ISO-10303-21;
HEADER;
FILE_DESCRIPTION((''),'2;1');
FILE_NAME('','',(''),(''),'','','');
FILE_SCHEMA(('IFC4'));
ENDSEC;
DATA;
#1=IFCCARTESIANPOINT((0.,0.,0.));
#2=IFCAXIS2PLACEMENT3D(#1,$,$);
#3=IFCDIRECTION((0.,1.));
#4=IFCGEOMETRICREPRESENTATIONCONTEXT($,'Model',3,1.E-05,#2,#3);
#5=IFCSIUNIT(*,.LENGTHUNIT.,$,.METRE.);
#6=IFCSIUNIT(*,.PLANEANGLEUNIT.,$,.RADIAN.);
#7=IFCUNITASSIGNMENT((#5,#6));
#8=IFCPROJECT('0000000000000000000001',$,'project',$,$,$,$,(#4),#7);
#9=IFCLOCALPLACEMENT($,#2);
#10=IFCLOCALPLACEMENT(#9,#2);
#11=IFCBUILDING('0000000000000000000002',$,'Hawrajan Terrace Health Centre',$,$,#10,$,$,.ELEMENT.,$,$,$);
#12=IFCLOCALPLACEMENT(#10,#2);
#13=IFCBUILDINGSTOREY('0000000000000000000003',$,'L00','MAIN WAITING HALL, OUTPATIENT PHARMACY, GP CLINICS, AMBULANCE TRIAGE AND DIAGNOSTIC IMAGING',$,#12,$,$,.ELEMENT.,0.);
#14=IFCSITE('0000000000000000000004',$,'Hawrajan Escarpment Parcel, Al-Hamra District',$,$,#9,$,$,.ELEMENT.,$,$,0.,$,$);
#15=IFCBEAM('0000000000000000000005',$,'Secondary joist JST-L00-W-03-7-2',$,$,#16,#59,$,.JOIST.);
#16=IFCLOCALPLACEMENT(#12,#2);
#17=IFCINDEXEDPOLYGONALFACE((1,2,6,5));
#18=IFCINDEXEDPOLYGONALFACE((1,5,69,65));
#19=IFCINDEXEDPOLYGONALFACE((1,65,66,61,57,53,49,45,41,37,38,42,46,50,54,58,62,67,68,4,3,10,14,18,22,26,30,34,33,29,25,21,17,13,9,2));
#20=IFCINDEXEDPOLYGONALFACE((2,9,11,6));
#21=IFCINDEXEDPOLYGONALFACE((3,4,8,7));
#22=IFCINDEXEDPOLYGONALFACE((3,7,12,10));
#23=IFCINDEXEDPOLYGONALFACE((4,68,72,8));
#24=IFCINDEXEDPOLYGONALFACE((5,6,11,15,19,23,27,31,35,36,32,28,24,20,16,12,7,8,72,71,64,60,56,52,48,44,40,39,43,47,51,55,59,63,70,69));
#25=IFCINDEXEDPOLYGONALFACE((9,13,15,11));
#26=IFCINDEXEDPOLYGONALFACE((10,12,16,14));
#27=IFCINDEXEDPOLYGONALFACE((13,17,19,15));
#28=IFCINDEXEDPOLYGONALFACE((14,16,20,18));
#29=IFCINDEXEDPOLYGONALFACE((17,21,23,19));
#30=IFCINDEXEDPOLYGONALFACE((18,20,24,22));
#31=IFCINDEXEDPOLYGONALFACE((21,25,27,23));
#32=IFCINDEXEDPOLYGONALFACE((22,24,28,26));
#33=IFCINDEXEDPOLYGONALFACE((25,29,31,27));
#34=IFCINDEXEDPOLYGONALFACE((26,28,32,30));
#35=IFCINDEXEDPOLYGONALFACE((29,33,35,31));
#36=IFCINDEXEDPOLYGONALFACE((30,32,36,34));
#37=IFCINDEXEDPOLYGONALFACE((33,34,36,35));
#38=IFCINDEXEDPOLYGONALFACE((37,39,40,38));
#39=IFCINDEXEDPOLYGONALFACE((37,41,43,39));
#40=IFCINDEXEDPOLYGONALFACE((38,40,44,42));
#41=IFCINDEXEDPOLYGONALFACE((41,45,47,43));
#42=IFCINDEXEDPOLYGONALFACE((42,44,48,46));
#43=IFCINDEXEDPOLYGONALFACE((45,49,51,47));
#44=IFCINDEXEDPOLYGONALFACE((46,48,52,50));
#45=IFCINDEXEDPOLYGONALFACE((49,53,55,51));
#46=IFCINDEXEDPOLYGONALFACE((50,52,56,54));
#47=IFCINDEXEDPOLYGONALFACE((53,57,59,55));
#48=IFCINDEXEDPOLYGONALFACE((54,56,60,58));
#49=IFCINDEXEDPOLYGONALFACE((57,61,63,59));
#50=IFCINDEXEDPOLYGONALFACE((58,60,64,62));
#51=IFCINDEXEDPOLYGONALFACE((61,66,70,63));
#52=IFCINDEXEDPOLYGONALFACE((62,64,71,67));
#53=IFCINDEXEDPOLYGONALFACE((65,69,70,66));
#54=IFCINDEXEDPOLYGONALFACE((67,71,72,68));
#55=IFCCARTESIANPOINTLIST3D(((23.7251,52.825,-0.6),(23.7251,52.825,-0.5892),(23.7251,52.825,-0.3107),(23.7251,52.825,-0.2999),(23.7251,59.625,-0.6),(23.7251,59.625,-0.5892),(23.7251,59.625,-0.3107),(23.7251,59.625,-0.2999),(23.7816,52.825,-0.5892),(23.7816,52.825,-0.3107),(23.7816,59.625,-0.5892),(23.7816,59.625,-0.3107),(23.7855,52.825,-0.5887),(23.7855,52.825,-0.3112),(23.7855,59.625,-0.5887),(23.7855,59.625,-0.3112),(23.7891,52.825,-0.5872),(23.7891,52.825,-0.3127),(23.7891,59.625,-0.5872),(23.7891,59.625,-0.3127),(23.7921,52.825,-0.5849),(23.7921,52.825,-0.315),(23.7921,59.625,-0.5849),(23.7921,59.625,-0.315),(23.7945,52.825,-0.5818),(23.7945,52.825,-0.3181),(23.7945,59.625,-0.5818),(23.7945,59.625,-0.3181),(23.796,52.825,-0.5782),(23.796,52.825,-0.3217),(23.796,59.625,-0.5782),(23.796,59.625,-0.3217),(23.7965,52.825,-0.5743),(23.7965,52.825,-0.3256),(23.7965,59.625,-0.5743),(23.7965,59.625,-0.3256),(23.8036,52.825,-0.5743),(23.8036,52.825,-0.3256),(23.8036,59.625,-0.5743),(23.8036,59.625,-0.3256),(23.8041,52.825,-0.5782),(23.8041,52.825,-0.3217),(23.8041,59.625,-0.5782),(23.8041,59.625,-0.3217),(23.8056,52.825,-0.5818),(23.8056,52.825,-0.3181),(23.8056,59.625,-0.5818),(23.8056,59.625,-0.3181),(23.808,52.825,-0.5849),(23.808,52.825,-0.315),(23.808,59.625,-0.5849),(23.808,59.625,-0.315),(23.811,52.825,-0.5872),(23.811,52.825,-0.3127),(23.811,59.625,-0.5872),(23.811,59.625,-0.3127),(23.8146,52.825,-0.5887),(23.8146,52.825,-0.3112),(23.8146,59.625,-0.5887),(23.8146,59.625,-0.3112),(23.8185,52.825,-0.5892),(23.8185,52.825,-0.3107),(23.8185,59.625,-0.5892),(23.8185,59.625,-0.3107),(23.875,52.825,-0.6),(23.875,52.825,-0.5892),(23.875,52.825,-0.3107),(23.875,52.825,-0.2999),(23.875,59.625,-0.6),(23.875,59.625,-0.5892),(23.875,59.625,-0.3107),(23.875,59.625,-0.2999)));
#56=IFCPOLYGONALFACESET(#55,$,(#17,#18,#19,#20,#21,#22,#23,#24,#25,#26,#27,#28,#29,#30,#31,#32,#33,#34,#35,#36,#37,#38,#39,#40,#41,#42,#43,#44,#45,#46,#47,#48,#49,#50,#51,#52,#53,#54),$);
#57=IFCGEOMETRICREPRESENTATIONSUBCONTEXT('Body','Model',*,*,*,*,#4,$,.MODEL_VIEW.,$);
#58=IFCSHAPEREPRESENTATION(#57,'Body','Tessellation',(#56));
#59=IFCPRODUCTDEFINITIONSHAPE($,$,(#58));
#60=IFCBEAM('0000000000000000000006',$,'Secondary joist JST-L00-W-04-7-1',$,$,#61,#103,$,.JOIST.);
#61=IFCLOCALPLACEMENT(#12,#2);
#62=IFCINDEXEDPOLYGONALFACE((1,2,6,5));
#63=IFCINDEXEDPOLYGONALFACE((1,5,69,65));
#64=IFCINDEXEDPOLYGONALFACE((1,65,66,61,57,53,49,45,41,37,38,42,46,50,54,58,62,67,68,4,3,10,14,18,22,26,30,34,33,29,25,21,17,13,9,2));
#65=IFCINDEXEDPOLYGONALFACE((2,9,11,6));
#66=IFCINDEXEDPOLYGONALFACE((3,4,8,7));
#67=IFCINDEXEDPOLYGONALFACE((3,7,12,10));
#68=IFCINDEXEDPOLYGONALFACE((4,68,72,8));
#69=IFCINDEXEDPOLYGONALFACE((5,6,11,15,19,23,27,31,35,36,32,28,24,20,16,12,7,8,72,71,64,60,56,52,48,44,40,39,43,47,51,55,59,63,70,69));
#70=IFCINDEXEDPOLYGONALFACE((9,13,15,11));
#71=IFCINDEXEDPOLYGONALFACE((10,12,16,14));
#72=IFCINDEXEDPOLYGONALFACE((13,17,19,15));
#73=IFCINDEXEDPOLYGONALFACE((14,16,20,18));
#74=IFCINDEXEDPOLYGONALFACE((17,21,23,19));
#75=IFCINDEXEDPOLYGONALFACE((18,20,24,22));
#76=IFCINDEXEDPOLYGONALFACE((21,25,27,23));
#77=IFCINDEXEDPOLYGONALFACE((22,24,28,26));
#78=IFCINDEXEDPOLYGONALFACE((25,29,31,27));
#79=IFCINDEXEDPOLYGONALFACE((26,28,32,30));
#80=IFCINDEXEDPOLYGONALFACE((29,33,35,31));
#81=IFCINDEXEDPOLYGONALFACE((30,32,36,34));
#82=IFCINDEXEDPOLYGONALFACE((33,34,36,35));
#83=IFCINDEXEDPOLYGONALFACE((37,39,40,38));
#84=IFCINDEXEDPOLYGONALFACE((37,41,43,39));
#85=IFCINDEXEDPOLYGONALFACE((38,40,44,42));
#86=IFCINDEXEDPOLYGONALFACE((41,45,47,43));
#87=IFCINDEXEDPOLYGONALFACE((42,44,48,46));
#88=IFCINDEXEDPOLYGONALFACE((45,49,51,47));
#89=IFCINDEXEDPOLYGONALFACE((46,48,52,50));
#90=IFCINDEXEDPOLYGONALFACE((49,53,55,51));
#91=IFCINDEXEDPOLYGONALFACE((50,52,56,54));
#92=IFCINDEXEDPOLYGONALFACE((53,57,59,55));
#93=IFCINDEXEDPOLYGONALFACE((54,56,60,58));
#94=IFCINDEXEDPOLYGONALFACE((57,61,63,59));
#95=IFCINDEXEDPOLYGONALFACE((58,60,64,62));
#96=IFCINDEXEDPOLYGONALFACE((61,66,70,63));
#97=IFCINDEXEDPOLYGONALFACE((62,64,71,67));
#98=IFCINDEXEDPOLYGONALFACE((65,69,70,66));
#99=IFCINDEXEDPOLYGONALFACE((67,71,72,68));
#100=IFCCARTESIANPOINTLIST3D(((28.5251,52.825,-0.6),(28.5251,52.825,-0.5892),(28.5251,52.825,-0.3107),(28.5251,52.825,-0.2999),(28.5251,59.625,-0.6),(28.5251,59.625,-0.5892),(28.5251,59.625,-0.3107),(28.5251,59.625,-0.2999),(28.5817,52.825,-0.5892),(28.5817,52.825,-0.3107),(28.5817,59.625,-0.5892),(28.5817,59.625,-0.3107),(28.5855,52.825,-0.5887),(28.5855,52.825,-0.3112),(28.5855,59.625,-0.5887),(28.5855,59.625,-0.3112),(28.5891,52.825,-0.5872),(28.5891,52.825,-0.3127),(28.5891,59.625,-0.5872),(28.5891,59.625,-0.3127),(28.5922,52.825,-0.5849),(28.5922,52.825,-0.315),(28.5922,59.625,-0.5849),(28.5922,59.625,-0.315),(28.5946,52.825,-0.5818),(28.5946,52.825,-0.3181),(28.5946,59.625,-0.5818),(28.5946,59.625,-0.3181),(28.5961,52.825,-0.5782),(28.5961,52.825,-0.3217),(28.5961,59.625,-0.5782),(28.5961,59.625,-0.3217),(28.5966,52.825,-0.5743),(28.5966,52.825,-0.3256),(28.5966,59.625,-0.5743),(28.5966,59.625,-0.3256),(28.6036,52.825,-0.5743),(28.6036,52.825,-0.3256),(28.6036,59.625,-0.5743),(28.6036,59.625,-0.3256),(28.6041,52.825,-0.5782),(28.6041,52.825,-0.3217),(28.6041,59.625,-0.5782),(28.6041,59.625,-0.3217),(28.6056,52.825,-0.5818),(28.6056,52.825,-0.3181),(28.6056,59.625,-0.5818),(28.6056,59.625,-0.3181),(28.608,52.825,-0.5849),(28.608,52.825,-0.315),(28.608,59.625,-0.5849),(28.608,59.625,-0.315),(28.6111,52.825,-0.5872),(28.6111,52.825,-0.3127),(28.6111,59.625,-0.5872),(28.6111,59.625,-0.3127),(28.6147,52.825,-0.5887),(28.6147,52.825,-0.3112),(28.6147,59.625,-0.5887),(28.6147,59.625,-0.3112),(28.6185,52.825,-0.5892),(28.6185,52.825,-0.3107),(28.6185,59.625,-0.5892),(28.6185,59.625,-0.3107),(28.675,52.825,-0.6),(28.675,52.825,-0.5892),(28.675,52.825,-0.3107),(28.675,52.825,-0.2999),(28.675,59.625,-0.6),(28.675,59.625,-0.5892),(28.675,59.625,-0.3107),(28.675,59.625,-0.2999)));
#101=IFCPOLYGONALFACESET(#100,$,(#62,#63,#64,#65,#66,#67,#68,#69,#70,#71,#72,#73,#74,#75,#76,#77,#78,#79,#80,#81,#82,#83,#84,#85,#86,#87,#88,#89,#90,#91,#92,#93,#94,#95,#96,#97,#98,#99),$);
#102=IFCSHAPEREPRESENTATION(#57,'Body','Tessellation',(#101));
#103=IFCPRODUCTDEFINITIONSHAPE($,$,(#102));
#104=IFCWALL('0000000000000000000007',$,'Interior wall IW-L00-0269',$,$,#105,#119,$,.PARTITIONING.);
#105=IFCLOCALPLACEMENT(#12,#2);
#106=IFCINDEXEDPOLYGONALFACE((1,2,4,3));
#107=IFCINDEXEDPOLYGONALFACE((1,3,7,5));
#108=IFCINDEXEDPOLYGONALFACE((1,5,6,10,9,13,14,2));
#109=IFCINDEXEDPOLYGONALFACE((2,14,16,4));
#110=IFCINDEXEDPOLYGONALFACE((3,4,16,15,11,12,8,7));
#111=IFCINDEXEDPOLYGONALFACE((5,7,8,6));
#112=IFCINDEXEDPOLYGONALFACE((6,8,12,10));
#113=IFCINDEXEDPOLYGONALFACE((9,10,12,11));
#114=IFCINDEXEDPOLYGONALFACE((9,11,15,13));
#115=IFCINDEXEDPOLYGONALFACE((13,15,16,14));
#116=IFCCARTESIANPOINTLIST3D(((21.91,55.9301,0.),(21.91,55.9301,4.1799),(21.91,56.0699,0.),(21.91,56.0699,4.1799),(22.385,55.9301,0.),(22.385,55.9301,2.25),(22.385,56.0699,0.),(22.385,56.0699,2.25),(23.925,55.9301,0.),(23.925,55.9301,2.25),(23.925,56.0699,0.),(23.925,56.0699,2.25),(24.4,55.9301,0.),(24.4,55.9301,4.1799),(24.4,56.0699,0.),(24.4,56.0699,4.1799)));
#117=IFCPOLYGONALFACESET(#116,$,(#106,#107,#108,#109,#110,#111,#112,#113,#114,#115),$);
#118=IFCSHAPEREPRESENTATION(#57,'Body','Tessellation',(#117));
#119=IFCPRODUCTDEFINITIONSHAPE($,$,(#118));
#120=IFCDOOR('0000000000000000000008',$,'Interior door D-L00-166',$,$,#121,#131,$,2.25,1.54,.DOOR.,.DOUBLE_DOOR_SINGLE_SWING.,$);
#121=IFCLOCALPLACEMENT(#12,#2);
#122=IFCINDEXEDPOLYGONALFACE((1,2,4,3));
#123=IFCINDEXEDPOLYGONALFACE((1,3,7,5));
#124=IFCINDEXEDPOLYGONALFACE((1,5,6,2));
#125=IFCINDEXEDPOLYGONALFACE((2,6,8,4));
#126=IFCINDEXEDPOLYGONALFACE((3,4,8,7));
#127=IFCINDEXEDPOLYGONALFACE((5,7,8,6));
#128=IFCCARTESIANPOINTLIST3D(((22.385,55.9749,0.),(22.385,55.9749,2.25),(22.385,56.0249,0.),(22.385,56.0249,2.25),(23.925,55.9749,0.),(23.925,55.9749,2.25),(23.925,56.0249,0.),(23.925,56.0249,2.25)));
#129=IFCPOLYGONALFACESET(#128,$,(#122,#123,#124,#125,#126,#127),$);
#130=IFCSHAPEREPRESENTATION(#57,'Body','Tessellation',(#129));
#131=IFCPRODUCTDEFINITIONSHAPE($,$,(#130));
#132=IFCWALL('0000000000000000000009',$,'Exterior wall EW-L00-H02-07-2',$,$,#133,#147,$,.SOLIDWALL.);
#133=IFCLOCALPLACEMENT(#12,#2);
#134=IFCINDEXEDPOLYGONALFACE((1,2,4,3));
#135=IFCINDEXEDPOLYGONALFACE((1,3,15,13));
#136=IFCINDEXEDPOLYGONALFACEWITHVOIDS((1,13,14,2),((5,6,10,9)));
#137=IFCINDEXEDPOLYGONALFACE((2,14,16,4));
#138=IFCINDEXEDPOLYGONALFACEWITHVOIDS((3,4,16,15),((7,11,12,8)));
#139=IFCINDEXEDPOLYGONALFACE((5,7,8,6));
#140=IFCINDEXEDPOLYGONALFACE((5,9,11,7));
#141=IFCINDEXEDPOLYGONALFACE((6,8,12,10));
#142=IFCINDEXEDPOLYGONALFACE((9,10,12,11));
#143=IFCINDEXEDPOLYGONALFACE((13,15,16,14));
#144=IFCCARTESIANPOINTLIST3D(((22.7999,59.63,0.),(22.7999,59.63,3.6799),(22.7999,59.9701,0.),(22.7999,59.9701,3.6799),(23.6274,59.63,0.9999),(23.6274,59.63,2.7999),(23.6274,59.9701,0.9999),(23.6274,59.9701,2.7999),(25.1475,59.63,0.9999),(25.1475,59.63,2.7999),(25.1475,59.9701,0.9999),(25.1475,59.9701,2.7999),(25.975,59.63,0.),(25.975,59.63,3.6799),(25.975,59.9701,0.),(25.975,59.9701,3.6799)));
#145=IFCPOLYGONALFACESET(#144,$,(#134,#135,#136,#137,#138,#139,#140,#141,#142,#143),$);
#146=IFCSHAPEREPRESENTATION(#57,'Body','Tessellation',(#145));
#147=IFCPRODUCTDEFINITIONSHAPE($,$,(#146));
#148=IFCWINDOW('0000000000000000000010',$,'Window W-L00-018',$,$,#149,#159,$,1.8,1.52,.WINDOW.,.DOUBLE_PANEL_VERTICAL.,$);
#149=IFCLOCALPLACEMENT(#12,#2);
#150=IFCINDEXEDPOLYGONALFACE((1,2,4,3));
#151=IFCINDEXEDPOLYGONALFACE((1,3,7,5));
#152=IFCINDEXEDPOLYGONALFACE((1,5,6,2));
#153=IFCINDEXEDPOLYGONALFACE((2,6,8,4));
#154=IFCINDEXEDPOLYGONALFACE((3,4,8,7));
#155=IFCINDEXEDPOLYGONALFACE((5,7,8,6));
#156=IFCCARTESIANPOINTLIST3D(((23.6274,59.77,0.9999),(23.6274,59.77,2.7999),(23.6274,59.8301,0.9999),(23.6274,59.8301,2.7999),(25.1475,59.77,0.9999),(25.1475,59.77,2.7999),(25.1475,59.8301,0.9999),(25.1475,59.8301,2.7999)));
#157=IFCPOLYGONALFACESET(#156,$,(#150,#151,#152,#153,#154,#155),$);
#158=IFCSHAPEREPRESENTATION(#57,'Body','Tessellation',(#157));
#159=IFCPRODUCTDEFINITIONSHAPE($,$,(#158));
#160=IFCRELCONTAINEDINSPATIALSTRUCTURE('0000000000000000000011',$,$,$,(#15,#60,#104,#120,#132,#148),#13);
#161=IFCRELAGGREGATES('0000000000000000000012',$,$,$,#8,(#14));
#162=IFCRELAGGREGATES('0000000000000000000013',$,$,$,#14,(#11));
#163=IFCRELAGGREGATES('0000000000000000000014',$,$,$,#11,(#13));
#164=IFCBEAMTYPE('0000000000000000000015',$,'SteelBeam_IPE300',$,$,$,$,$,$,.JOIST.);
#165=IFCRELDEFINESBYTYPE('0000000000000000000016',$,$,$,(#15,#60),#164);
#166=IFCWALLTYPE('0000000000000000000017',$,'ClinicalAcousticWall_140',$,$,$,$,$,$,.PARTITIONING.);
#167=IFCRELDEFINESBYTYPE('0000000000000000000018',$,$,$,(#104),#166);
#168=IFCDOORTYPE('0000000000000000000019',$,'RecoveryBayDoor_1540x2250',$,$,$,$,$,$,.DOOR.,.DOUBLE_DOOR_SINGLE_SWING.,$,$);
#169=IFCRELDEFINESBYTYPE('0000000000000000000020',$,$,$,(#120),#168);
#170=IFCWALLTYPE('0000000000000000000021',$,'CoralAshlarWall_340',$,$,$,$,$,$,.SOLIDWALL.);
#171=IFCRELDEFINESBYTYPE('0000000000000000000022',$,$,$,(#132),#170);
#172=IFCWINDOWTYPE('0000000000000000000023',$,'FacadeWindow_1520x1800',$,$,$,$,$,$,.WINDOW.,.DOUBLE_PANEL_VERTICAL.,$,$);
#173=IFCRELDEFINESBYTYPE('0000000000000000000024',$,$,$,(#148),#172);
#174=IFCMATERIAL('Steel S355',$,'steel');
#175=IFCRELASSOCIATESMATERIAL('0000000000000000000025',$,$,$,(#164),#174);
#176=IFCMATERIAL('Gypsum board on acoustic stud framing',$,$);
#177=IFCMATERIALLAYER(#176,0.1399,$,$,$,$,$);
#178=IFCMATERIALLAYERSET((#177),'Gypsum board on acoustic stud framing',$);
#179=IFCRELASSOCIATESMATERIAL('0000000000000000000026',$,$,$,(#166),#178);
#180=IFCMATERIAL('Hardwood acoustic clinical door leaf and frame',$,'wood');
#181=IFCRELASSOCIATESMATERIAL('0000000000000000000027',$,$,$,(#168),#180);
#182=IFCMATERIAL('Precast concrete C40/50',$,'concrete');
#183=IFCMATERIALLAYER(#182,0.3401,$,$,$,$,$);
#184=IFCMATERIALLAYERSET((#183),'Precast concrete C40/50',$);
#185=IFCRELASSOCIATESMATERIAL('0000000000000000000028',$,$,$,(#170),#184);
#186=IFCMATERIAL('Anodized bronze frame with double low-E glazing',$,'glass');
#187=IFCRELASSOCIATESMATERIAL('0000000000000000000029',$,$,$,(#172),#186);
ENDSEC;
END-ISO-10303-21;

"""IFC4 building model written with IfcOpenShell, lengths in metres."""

from ifc_helpers import new_model, si_unit, direction, frame, frame_2d, origin, origin_2d, place, context, subcontext, project, spatial, rectangle, i_section, extrude, material, layer, layer_set, material_profile, profile_set, type_object, element, fill, save


model = new_model("IFC4")

# Units and contexts
model_context = context("Model", 3, precision=1e-05, world=origin(), true_north=direction((0.0, 1.0)))
body_context = subcontext(model_context, "Body", "Model", "MODEL_VIEW")
ifc_project = project(units=[si_unit("LENGTHUNIT", "METRE"), si_unit("PLANEANGLEUNIT", "RADIAN")], contexts=[model_context])

# Site, building, storey
site_placement = place(None, origin())
site = spatial("IfcSite", under=ifc_project, at=site_placement, Name="Hawrajan Escarpment Parcel, Al-Hamra District", CompositionType="ELEMENT", RefElevation=0.0)
building_placement = place(site_placement, origin())
building = spatial("IfcBuilding", under=site, at=building_placement, Name="Hawrajan Terrace Health Centre", CompositionType="ELEMENT")
storey_placement = place(building_placement, origin())
storey = spatial("IfcBuildingStorey", under=building, at=storey_placement, Name="L00", Description="MAIN WAITING HALL, OUTPATIENT PHARMACY, GP CLINICS, AMBULANCE TRIAGE AND DIAGNOSTIC IMAGING", CompositionType="ELEMENT", Elevation=0.0)

# Beams
ifc_material_1 = material(Name="Steel S355", Category="steel")
ifc_material_profile_1 = material_profile(ifc_material_1, i_section(OverallWidth=0.1499, OverallDepth=0.3, WebThickness=0.0071, FlangeThickness=0.0107, FilletRadius=0.0149, at=origin_2d()), Name="IPE 300")
ifc_profile_set_1 = profile_set([ifc_material_profile_1], Name="Steel S355")
beam_type_1 = type_object("IfcBeamType", Name="SteelBeam_IPE300", PredefinedType="JOIST", material=ifc_profile_set_1)
for number, where, z_axis, x_axis, name in (
    (1, (23.8, 52.825, -0.45), (0.0, 1.0, 0.0), (-1.0, 0.0, 0.0), "Secondary joist JST-L00-W-03-7-2"),
    (2, (28.6001, 52.825, -0.45), (0.0, 1.0, 0.0), (-1.0, 0.0, 0.0), "Secondary joist JST-L00-W-04-7-1"),
):
    element("IfcBeam", number, at=place(storey_placement, frame(where, z_axis=z_axis, x_axis=x_axis)), inside=storey, type_object=beam_type_1, Name=name, PredefinedType="JOIST", context=body_context, shape_type="SweptSolid", body=[
        extrude(i_section(OverallWidth=0.1499, OverallDepth=0.3, WebThickness=0.0071, FlangeThickness=0.0107, FilletRadius=0.0149, at=origin_2d()), origin(), (0.0, 0.0, 1.0), 6.8),
    ])

# Wall, opening, door
ifc_material_2 = material(Name="Gypsum board on acoustic stud framing")
ifc_layer_1 = layer(ifc_material_2, 0.1399)
ifc_layer_set_1 = layer_set([ifc_layer_1], Name="Gypsum board on acoustic stud framing")
wall_type_1 = type_object("IfcWallType", Name="ClinicalAcousticWall_140", PredefinedType="PARTITIONING", material=ifc_layer_set_1)
wall_1_placement = place(storey_placement, frame((21.9099, 56.0, 0.0), z_axis=(0.0, 0.0, 1.0), x_axis=(1.0, 0.0, 0.0)))
wall_1 = element("IfcWall", 3, at=wall_1_placement, inside=storey, type_object=wall_type_1, Name="Interior wall IW-L00-0269", PredefinedType="PARTITIONING", context=body_context, shape_type="SweptSolid", body=[
    extrude(rectangle(XDim=2.49, YDim=0.1399, at=frame_2d((1.2451, 0.0))), origin(), (0.0, 0.0, 1.0), 4.1799),
])
opening_1_placement = place(wall_1_placement, frame((0.4751, 0.0, 0.0)))
opening_1 = element("IfcOpeningElement", 4, at=opening_1_placement, cuts=wall_1, PredefinedType="OPENING", context=body_context, shape_type="SweptSolid", body=[
    extrude(rectangle(XDim=1.54, YDim=2.25, at=frame_2d((0.77, 1.125))), frame((0.0, 0.0798, 0.0), z_axis=(0.0, -1.0, 0.0), x_axis=(1.0, 0.0, 0.0)), (0.0, 0.0, 1.0), 0.1599),
])
ifc_material_3 = material(Name="Hardwood acoustic clinical door leaf and frame", Category="wood")
door_type_1 = type_object("IfcDoorType", Name="RecoveryBayDoor_1540x2250", OperationType="DOUBLE_DOOR_SINGLE_SWING", PredefinedType="DOOR", material=ifc_material_3)
door_1_placement = place(opening_1_placement, origin())
door_1 = element("IfcDoor", 5, at=door_1_placement, inside=storey, type_object=door_type_1, Name="Interior door D-L00-166", OperationType="DOUBLE_DOOR_SINGLE_SWING", OverallHeight=2.25, OverallWidth=1.54, PredefinedType="DOOR", context=body_context, shape_type="SweptSolid", body=[
    extrude(rectangle(XDim=1.54, YDim=2.25, at=frame_2d((0.77, 1.125))), frame((0.0, 0.0249, 0.0), z_axis=(0.0, -1.0, 0.0), x_axis=(1.0, 0.0, 0.0)), (0.0, 0.0, 1.0), 0.05),
])
fill(opening_1, door_1)

# Wall, opening, window
ifc_material_4 = material(Name="Precast concrete C40/50", Category="concrete")
ifc_layer_2 = layer(ifc_material_4, 0.3401)
ifc_layer_set_2 = layer_set([ifc_layer_2], Name="Precast concrete C40/50")
wall_type_2 = type_object("IfcWallType", Name="CoralAshlarWall_340", PredefinedType="SOLIDWALL", material=ifc_layer_set_2)
wall_2_placement = place(storey_placement, frame((22.8, 59.8, 0.0), z_axis=(0.0, 0.0, 1.0), x_axis=(1.0, 0.0, 0.0)))
wall_2 = element("IfcWall", 6, at=wall_2_placement, inside=storey, type_object=wall_type_2, Name="Exterior wall EW-L00-H02-07-2", PredefinedType="SOLIDWALL", context=body_context, shape_type="SweptSolid", body=[
    extrude(rectangle(XDim=3.175, YDim=0.3401, at=frame_2d((1.5874, 0.0))), origin(), (0.0, 0.0, 1.0), 3.6799),
])
opening_2_placement = place(wall_2_placement, frame((0.8274, 0.0, 1.0)))
opening_2 = element("IfcOpeningElement", 7, at=opening_2_placement, cuts=wall_2, PredefinedType="OPENING", context=body_context, shape_type="SweptSolid", body=[
    extrude(rectangle(XDim=1.52, YDim=1.8, at=frame_2d((0.76, 0.8999))), frame((0.0, 0.1799, 0.0), z_axis=(0.0, -1.0, 0.0), x_axis=(1.0, 0.0, 0.0)), (0.0, 0.0, 1.0), 0.3601),
])
ifc_material_5 = material(Name="Anodized bronze frame with double low-E glazing", Category="glass")
window_type_1 = type_object("IfcWindowType", Name="FacadeWindow_1520x1800", PartitioningType="DOUBLE_PANEL_VERTICAL", PredefinedType="WINDOW", material=ifc_material_5)
window_1_placement = place(opening_2_placement, origin())
window_1 = element("IfcWindow", 8, at=window_1_placement, inside=storey, type_object=window_type_1, Name="Window W-L00-018", OverallHeight=1.8, OverallWidth=1.52, PartitioningType="DOUBLE_PANEL_VERTICAL", PredefinedType="WINDOW", context=body_context, shape_type="SweptSolid", body=[
    extrude(rectangle(XDim=1.52, YDim=1.8, at=frame_2d((0.76, 0.8999))), frame((0.0, 0.03, 0.0), z_axis=(0.0, -1.0, 0.0), x_axis=(1.0, 0.0, 0.0)), (0.0, 0.0, 1.0), 0.0601),
])
fill(opening_2, window_1)

save(model, "model.ifc")
